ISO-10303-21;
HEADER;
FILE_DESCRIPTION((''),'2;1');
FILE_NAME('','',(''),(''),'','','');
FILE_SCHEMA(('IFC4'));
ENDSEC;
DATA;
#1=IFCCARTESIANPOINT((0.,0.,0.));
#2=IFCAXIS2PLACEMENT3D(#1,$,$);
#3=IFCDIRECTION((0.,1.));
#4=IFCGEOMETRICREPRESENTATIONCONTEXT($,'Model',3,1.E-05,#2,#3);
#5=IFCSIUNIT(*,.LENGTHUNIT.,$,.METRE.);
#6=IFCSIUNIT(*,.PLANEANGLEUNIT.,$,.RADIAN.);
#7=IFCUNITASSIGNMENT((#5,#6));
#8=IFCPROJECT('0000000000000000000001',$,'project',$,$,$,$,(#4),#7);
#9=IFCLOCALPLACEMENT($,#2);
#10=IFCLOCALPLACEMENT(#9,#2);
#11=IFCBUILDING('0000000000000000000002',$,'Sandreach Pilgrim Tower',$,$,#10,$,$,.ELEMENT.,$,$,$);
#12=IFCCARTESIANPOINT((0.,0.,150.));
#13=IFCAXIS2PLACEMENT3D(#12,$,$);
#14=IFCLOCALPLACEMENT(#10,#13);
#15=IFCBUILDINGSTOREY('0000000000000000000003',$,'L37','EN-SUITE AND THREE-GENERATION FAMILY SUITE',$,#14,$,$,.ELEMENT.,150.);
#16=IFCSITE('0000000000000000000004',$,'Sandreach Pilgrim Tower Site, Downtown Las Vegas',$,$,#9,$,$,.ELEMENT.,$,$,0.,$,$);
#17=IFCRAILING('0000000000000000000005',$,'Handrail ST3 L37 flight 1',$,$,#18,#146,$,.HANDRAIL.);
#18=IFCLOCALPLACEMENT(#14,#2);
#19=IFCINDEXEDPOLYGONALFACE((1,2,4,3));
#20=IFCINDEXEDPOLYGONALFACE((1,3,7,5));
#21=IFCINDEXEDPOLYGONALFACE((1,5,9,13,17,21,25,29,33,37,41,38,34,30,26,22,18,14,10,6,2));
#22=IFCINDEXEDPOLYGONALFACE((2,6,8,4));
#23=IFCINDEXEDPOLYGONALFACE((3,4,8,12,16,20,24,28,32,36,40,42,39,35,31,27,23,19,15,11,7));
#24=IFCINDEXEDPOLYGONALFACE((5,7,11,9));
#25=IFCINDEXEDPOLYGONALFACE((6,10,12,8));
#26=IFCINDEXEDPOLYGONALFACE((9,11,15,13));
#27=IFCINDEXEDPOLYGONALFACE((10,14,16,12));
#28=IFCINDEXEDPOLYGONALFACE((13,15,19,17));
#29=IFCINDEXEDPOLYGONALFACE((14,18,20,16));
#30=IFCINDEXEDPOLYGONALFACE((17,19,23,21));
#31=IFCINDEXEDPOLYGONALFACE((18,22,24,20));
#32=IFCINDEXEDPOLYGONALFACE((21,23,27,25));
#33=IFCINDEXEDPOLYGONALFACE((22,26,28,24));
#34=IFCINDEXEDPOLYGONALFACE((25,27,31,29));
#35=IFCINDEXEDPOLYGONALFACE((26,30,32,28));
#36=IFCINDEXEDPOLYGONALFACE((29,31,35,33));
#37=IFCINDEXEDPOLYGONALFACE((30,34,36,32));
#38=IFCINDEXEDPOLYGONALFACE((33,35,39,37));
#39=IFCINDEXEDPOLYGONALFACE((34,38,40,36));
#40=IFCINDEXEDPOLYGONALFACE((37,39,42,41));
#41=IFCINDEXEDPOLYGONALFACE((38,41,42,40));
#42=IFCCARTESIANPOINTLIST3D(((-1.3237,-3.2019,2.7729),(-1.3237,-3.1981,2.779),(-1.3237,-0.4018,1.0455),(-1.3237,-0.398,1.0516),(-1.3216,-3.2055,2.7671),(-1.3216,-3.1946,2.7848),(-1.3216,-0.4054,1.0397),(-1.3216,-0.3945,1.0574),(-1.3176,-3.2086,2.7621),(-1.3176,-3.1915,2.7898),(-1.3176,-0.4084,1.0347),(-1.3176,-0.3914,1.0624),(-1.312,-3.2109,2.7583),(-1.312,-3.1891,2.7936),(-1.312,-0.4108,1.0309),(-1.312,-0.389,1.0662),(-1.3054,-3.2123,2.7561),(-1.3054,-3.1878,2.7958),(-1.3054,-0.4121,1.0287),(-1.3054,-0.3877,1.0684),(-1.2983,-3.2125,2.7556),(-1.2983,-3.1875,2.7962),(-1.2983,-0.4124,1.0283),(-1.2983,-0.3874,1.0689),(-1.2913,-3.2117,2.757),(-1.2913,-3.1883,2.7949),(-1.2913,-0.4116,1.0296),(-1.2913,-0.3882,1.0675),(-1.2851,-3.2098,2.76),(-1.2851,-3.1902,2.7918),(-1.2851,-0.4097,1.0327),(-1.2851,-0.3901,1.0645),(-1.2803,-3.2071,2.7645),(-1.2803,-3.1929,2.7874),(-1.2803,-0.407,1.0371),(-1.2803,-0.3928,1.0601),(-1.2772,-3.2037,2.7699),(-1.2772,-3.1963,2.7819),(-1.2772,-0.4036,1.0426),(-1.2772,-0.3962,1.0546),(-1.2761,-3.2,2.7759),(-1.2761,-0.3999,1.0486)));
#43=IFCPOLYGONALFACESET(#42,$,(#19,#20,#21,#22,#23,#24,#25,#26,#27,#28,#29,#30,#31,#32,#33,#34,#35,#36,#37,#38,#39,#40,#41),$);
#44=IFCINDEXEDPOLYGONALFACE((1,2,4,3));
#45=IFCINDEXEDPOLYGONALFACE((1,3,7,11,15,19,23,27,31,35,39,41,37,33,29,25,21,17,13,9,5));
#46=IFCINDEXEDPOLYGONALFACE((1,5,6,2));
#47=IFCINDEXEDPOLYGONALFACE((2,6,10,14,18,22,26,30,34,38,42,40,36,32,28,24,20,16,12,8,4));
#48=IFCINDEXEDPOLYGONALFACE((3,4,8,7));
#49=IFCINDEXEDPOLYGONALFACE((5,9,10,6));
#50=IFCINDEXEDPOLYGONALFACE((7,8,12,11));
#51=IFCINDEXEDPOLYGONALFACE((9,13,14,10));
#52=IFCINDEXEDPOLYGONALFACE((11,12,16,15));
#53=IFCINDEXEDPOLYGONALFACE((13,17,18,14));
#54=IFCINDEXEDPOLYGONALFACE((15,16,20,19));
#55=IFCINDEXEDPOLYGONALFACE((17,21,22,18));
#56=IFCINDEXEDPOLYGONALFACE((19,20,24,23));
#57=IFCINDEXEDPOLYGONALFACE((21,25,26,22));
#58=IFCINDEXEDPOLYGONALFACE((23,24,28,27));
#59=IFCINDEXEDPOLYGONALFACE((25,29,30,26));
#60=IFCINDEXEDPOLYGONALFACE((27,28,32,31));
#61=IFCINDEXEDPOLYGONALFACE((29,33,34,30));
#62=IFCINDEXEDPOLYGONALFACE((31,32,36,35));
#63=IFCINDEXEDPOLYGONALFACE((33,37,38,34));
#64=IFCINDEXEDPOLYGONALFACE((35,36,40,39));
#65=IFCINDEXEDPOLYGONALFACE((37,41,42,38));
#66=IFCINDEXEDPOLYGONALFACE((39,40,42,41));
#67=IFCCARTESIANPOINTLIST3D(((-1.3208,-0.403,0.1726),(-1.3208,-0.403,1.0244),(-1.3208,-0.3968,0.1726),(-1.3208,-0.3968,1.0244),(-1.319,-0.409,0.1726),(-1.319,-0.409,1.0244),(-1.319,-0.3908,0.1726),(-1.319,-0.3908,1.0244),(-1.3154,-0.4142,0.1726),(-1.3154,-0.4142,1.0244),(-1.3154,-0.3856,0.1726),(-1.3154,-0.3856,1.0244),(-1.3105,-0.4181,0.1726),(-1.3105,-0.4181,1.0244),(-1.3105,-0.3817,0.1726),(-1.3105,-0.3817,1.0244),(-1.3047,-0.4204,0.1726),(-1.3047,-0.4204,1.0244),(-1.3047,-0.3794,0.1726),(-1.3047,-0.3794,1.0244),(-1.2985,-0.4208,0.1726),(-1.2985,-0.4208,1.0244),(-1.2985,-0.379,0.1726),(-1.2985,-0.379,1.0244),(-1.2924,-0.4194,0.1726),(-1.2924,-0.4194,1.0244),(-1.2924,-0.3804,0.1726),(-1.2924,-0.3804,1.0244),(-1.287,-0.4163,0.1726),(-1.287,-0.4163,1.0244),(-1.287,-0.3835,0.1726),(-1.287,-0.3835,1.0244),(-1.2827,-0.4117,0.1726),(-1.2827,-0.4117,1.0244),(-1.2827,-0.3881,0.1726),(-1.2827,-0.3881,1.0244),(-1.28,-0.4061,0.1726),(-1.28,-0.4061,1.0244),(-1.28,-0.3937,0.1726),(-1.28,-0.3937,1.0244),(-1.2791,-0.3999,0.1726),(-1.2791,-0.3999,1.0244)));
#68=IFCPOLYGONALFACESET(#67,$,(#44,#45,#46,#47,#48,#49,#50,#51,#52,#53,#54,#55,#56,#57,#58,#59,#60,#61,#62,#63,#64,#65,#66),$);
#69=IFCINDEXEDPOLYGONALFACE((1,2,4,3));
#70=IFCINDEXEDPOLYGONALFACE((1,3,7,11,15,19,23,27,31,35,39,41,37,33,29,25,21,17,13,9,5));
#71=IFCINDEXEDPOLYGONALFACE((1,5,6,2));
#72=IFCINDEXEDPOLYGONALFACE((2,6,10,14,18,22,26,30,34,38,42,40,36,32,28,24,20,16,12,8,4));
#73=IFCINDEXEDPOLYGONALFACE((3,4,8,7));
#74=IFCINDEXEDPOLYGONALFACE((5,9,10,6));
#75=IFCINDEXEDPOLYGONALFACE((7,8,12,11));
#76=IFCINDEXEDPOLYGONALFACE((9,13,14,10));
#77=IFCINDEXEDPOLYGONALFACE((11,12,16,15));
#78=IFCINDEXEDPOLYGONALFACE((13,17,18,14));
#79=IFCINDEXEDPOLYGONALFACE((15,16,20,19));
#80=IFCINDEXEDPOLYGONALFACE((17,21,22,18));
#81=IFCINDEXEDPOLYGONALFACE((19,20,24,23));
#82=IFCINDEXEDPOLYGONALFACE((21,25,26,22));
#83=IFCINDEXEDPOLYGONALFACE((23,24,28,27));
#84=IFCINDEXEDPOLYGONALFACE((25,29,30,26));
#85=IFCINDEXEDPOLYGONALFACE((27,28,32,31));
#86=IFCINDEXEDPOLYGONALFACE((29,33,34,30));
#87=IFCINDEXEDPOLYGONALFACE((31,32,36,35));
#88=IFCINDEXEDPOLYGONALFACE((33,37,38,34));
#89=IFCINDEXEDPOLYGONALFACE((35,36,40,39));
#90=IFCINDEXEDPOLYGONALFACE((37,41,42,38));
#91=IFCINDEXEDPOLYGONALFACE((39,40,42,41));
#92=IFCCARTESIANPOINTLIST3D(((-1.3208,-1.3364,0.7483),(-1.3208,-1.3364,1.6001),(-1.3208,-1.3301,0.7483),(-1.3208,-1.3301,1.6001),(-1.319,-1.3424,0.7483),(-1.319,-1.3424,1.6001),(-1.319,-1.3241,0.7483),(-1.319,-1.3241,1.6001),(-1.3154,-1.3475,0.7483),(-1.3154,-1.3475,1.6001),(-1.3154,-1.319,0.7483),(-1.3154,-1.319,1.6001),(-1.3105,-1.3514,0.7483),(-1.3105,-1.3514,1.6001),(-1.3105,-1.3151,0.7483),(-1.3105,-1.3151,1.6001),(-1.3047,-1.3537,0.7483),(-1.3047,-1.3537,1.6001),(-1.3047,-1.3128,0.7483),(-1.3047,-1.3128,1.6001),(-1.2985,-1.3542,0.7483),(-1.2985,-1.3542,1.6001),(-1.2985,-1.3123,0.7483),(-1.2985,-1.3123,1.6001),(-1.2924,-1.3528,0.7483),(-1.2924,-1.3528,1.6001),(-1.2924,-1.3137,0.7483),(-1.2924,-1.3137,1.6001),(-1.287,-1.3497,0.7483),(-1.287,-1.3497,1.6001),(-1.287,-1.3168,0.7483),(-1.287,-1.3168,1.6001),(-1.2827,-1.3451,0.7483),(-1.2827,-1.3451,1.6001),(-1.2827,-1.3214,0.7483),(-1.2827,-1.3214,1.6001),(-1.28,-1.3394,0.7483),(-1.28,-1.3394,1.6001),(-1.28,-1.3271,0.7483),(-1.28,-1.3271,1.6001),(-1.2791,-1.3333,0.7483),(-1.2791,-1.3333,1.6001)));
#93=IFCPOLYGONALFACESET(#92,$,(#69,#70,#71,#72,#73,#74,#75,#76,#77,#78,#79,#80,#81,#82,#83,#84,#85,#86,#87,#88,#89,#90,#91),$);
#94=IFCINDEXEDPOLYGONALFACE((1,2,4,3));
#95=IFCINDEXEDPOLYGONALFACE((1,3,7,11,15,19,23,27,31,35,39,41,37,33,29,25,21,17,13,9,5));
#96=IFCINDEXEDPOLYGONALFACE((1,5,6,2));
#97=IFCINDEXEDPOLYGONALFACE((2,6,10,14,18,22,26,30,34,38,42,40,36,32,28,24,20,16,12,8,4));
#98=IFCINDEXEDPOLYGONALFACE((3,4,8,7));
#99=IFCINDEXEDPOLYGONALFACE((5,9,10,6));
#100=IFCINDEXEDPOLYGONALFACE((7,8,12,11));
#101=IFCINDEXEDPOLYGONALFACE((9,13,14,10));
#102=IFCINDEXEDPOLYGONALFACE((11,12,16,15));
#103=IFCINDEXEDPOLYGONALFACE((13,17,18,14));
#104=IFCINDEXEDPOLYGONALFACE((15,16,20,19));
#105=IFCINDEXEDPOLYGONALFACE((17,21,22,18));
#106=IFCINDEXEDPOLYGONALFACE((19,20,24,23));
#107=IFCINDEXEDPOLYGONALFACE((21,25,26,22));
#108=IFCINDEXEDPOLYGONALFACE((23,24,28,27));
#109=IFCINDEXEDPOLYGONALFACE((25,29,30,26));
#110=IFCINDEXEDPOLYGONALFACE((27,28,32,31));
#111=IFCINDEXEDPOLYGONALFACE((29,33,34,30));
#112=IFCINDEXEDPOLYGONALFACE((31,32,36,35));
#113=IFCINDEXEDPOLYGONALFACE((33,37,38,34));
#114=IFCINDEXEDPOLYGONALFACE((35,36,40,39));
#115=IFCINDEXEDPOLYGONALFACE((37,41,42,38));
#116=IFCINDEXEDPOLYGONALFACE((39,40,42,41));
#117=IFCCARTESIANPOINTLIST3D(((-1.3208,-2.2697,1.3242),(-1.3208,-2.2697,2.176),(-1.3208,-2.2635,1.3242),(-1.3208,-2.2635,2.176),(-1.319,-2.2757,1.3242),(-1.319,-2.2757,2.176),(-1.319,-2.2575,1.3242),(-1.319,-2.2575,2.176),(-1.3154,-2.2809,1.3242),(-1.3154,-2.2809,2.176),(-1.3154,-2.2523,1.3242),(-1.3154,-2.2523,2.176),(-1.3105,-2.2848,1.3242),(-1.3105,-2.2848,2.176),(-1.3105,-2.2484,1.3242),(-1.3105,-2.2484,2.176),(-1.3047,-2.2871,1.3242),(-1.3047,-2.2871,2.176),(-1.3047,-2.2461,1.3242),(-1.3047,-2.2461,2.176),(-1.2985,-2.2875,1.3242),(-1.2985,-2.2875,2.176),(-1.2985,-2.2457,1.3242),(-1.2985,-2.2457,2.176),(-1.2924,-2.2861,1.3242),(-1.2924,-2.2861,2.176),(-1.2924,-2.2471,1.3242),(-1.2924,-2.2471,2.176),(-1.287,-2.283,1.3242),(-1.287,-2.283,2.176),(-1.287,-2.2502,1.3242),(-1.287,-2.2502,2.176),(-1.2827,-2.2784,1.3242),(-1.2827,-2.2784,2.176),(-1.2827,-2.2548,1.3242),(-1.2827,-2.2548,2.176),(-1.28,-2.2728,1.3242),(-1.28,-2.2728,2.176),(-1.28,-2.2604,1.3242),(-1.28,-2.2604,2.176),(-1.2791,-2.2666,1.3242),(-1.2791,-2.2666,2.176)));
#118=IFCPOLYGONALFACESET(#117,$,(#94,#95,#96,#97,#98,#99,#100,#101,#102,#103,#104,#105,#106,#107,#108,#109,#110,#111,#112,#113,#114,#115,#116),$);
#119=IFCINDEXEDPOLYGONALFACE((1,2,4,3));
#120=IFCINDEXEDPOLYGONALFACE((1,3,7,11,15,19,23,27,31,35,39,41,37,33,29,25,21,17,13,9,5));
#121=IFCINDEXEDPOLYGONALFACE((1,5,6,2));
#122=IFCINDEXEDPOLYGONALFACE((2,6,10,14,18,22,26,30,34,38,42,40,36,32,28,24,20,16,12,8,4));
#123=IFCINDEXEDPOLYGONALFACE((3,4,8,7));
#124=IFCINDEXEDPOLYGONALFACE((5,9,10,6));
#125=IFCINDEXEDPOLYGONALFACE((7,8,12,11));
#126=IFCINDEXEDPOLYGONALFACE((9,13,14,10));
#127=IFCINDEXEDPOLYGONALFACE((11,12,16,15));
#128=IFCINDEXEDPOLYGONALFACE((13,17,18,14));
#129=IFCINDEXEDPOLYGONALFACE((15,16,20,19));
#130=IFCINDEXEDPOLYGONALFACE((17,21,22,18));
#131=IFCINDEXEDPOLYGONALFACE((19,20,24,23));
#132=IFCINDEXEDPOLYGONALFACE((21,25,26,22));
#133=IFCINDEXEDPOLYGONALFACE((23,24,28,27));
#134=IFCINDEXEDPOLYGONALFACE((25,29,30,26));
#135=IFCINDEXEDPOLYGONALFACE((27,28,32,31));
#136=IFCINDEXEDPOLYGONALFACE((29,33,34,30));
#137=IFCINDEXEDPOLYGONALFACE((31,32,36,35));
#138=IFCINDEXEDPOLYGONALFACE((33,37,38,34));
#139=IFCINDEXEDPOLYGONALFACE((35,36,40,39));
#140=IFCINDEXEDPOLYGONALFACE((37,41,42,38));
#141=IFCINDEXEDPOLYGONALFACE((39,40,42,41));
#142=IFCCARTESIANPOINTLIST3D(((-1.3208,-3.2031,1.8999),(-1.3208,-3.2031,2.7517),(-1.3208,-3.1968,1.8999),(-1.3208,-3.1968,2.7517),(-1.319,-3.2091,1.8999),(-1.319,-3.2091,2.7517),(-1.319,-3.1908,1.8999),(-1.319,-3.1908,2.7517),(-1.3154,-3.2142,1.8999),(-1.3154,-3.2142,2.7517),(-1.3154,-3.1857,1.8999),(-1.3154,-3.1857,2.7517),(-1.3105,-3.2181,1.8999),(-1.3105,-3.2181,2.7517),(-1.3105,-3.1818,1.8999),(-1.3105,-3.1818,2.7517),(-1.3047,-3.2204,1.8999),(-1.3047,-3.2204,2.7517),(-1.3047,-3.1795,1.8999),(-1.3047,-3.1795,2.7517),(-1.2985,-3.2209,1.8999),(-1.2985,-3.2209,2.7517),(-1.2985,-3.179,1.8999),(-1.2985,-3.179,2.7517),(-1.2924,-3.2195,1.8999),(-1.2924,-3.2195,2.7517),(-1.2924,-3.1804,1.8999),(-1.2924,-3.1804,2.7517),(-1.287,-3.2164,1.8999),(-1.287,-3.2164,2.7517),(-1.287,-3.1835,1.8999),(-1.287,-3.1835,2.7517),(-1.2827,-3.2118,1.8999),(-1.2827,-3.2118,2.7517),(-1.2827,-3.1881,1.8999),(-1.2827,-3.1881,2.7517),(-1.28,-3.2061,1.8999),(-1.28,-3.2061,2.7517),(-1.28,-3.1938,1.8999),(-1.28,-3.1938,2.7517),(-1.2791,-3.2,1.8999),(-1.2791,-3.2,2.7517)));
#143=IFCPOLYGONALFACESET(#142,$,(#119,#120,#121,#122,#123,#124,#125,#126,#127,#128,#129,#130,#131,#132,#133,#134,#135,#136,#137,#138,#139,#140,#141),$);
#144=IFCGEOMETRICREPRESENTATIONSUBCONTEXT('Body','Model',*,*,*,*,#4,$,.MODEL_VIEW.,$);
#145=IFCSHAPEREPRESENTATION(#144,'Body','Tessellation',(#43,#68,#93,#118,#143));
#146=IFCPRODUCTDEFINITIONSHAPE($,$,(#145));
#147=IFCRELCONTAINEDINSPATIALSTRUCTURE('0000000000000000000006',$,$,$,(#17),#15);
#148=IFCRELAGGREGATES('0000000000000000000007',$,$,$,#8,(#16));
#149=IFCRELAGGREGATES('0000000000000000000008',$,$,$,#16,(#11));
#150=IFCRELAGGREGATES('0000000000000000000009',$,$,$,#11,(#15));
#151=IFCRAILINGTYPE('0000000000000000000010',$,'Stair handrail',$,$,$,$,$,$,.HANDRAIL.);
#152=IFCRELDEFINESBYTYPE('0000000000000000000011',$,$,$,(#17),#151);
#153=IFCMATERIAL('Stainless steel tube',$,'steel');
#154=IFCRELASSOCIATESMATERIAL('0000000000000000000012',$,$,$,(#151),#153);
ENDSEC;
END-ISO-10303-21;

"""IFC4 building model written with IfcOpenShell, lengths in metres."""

from ifc_helpers import new_model, si_unit, direction, frame, origin, origin_2d, place, context, subcontext, project, spatial, circle, extrude, material, type_object, element, save


model = new_model("IFC4")

# Units and contexts
model_context = context("Model", 3, precision=1e-05, world=origin(), true_north=direction((0.0, 1.0)))
body_context = subcontext(model_context, "Body", "Model", "MODEL_VIEW")
ifc_project = project(units=[si_unit("LENGTHUNIT", "METRE"), si_unit("PLANEANGLEUNIT", "RADIAN")], contexts=[model_context])

# Site, building, storey
site_placement = place(None, origin())
site = spatial("IfcSite", under=ifc_project, at=site_placement, Name="Sandreach Pilgrim Tower Site, Downtown Las Vegas", CompositionType="ELEMENT", RefElevation=0.0)
building_placement = place(site_placement, origin())
building = spatial("IfcBuilding", under=site, at=building_placement, Name="Sandreach Pilgrim Tower", CompositionType="ELEMENT")
storey_placement = place(building_placement, frame((0.0, 0.0, 150.0)))
storey = spatial("IfcBuildingStorey", under=building, at=storey_placement, Name="L37", Description="EN-SUITE AND THREE-GENERATION FAMILY SUITE", CompositionType="ELEMENT", Elevation=150.0)

# Railing
ifc_material_1 = material(Name="Stainless steel tube", Category="steel")
railing_type = type_object("IfcRailingType", Name="Stair handrail", PredefinedType="HANDRAIL", material=ifc_material_1)
for number, where, name in (
    (1, (-1.3, -0.3999, 0.1726), "Handrail ST3 L37 flight 1"),
):
    element("IfcRailing", number, at=place(storey_placement, frame(where)), inside=storey, type_object=railing_type, Name=name, PredefinedType="HANDRAIL", context=body_context, shape_type="SweptSolid", body=[
        extrude(circle(Radius=0.0239, at=origin_2d()), frame((0.0, 0.0, 0.876), z_axis=(0.0, -0.85109, 0.52502), x_axis=(1.0, 0.0, 0.0)), (0.0, 0.0, 1.0), 3.29),
        extrude(circle(Radius=0.021, at=origin_2d()), origin(), (0.0, 0.0, 1.0), 0.8518),
        extrude(circle(Radius=0.021, at=origin_2d()), frame((0.0, -0.9333, 0.5757)), (0.0, 0.0, 1.0), 0.8518),
        extrude(circle(Radius=0.021, at=origin_2d()), frame((0.0, -1.8667, 1.1516)), (0.0, 0.0, 1.0), 0.8518),
        extrude(circle(Radius=0.021, at=origin_2d()), frame((0.0, -2.8, 1.7273)), (0.0, 0.0, 1.0), 0.8518),
    ])

save(model, "model.ifc")
